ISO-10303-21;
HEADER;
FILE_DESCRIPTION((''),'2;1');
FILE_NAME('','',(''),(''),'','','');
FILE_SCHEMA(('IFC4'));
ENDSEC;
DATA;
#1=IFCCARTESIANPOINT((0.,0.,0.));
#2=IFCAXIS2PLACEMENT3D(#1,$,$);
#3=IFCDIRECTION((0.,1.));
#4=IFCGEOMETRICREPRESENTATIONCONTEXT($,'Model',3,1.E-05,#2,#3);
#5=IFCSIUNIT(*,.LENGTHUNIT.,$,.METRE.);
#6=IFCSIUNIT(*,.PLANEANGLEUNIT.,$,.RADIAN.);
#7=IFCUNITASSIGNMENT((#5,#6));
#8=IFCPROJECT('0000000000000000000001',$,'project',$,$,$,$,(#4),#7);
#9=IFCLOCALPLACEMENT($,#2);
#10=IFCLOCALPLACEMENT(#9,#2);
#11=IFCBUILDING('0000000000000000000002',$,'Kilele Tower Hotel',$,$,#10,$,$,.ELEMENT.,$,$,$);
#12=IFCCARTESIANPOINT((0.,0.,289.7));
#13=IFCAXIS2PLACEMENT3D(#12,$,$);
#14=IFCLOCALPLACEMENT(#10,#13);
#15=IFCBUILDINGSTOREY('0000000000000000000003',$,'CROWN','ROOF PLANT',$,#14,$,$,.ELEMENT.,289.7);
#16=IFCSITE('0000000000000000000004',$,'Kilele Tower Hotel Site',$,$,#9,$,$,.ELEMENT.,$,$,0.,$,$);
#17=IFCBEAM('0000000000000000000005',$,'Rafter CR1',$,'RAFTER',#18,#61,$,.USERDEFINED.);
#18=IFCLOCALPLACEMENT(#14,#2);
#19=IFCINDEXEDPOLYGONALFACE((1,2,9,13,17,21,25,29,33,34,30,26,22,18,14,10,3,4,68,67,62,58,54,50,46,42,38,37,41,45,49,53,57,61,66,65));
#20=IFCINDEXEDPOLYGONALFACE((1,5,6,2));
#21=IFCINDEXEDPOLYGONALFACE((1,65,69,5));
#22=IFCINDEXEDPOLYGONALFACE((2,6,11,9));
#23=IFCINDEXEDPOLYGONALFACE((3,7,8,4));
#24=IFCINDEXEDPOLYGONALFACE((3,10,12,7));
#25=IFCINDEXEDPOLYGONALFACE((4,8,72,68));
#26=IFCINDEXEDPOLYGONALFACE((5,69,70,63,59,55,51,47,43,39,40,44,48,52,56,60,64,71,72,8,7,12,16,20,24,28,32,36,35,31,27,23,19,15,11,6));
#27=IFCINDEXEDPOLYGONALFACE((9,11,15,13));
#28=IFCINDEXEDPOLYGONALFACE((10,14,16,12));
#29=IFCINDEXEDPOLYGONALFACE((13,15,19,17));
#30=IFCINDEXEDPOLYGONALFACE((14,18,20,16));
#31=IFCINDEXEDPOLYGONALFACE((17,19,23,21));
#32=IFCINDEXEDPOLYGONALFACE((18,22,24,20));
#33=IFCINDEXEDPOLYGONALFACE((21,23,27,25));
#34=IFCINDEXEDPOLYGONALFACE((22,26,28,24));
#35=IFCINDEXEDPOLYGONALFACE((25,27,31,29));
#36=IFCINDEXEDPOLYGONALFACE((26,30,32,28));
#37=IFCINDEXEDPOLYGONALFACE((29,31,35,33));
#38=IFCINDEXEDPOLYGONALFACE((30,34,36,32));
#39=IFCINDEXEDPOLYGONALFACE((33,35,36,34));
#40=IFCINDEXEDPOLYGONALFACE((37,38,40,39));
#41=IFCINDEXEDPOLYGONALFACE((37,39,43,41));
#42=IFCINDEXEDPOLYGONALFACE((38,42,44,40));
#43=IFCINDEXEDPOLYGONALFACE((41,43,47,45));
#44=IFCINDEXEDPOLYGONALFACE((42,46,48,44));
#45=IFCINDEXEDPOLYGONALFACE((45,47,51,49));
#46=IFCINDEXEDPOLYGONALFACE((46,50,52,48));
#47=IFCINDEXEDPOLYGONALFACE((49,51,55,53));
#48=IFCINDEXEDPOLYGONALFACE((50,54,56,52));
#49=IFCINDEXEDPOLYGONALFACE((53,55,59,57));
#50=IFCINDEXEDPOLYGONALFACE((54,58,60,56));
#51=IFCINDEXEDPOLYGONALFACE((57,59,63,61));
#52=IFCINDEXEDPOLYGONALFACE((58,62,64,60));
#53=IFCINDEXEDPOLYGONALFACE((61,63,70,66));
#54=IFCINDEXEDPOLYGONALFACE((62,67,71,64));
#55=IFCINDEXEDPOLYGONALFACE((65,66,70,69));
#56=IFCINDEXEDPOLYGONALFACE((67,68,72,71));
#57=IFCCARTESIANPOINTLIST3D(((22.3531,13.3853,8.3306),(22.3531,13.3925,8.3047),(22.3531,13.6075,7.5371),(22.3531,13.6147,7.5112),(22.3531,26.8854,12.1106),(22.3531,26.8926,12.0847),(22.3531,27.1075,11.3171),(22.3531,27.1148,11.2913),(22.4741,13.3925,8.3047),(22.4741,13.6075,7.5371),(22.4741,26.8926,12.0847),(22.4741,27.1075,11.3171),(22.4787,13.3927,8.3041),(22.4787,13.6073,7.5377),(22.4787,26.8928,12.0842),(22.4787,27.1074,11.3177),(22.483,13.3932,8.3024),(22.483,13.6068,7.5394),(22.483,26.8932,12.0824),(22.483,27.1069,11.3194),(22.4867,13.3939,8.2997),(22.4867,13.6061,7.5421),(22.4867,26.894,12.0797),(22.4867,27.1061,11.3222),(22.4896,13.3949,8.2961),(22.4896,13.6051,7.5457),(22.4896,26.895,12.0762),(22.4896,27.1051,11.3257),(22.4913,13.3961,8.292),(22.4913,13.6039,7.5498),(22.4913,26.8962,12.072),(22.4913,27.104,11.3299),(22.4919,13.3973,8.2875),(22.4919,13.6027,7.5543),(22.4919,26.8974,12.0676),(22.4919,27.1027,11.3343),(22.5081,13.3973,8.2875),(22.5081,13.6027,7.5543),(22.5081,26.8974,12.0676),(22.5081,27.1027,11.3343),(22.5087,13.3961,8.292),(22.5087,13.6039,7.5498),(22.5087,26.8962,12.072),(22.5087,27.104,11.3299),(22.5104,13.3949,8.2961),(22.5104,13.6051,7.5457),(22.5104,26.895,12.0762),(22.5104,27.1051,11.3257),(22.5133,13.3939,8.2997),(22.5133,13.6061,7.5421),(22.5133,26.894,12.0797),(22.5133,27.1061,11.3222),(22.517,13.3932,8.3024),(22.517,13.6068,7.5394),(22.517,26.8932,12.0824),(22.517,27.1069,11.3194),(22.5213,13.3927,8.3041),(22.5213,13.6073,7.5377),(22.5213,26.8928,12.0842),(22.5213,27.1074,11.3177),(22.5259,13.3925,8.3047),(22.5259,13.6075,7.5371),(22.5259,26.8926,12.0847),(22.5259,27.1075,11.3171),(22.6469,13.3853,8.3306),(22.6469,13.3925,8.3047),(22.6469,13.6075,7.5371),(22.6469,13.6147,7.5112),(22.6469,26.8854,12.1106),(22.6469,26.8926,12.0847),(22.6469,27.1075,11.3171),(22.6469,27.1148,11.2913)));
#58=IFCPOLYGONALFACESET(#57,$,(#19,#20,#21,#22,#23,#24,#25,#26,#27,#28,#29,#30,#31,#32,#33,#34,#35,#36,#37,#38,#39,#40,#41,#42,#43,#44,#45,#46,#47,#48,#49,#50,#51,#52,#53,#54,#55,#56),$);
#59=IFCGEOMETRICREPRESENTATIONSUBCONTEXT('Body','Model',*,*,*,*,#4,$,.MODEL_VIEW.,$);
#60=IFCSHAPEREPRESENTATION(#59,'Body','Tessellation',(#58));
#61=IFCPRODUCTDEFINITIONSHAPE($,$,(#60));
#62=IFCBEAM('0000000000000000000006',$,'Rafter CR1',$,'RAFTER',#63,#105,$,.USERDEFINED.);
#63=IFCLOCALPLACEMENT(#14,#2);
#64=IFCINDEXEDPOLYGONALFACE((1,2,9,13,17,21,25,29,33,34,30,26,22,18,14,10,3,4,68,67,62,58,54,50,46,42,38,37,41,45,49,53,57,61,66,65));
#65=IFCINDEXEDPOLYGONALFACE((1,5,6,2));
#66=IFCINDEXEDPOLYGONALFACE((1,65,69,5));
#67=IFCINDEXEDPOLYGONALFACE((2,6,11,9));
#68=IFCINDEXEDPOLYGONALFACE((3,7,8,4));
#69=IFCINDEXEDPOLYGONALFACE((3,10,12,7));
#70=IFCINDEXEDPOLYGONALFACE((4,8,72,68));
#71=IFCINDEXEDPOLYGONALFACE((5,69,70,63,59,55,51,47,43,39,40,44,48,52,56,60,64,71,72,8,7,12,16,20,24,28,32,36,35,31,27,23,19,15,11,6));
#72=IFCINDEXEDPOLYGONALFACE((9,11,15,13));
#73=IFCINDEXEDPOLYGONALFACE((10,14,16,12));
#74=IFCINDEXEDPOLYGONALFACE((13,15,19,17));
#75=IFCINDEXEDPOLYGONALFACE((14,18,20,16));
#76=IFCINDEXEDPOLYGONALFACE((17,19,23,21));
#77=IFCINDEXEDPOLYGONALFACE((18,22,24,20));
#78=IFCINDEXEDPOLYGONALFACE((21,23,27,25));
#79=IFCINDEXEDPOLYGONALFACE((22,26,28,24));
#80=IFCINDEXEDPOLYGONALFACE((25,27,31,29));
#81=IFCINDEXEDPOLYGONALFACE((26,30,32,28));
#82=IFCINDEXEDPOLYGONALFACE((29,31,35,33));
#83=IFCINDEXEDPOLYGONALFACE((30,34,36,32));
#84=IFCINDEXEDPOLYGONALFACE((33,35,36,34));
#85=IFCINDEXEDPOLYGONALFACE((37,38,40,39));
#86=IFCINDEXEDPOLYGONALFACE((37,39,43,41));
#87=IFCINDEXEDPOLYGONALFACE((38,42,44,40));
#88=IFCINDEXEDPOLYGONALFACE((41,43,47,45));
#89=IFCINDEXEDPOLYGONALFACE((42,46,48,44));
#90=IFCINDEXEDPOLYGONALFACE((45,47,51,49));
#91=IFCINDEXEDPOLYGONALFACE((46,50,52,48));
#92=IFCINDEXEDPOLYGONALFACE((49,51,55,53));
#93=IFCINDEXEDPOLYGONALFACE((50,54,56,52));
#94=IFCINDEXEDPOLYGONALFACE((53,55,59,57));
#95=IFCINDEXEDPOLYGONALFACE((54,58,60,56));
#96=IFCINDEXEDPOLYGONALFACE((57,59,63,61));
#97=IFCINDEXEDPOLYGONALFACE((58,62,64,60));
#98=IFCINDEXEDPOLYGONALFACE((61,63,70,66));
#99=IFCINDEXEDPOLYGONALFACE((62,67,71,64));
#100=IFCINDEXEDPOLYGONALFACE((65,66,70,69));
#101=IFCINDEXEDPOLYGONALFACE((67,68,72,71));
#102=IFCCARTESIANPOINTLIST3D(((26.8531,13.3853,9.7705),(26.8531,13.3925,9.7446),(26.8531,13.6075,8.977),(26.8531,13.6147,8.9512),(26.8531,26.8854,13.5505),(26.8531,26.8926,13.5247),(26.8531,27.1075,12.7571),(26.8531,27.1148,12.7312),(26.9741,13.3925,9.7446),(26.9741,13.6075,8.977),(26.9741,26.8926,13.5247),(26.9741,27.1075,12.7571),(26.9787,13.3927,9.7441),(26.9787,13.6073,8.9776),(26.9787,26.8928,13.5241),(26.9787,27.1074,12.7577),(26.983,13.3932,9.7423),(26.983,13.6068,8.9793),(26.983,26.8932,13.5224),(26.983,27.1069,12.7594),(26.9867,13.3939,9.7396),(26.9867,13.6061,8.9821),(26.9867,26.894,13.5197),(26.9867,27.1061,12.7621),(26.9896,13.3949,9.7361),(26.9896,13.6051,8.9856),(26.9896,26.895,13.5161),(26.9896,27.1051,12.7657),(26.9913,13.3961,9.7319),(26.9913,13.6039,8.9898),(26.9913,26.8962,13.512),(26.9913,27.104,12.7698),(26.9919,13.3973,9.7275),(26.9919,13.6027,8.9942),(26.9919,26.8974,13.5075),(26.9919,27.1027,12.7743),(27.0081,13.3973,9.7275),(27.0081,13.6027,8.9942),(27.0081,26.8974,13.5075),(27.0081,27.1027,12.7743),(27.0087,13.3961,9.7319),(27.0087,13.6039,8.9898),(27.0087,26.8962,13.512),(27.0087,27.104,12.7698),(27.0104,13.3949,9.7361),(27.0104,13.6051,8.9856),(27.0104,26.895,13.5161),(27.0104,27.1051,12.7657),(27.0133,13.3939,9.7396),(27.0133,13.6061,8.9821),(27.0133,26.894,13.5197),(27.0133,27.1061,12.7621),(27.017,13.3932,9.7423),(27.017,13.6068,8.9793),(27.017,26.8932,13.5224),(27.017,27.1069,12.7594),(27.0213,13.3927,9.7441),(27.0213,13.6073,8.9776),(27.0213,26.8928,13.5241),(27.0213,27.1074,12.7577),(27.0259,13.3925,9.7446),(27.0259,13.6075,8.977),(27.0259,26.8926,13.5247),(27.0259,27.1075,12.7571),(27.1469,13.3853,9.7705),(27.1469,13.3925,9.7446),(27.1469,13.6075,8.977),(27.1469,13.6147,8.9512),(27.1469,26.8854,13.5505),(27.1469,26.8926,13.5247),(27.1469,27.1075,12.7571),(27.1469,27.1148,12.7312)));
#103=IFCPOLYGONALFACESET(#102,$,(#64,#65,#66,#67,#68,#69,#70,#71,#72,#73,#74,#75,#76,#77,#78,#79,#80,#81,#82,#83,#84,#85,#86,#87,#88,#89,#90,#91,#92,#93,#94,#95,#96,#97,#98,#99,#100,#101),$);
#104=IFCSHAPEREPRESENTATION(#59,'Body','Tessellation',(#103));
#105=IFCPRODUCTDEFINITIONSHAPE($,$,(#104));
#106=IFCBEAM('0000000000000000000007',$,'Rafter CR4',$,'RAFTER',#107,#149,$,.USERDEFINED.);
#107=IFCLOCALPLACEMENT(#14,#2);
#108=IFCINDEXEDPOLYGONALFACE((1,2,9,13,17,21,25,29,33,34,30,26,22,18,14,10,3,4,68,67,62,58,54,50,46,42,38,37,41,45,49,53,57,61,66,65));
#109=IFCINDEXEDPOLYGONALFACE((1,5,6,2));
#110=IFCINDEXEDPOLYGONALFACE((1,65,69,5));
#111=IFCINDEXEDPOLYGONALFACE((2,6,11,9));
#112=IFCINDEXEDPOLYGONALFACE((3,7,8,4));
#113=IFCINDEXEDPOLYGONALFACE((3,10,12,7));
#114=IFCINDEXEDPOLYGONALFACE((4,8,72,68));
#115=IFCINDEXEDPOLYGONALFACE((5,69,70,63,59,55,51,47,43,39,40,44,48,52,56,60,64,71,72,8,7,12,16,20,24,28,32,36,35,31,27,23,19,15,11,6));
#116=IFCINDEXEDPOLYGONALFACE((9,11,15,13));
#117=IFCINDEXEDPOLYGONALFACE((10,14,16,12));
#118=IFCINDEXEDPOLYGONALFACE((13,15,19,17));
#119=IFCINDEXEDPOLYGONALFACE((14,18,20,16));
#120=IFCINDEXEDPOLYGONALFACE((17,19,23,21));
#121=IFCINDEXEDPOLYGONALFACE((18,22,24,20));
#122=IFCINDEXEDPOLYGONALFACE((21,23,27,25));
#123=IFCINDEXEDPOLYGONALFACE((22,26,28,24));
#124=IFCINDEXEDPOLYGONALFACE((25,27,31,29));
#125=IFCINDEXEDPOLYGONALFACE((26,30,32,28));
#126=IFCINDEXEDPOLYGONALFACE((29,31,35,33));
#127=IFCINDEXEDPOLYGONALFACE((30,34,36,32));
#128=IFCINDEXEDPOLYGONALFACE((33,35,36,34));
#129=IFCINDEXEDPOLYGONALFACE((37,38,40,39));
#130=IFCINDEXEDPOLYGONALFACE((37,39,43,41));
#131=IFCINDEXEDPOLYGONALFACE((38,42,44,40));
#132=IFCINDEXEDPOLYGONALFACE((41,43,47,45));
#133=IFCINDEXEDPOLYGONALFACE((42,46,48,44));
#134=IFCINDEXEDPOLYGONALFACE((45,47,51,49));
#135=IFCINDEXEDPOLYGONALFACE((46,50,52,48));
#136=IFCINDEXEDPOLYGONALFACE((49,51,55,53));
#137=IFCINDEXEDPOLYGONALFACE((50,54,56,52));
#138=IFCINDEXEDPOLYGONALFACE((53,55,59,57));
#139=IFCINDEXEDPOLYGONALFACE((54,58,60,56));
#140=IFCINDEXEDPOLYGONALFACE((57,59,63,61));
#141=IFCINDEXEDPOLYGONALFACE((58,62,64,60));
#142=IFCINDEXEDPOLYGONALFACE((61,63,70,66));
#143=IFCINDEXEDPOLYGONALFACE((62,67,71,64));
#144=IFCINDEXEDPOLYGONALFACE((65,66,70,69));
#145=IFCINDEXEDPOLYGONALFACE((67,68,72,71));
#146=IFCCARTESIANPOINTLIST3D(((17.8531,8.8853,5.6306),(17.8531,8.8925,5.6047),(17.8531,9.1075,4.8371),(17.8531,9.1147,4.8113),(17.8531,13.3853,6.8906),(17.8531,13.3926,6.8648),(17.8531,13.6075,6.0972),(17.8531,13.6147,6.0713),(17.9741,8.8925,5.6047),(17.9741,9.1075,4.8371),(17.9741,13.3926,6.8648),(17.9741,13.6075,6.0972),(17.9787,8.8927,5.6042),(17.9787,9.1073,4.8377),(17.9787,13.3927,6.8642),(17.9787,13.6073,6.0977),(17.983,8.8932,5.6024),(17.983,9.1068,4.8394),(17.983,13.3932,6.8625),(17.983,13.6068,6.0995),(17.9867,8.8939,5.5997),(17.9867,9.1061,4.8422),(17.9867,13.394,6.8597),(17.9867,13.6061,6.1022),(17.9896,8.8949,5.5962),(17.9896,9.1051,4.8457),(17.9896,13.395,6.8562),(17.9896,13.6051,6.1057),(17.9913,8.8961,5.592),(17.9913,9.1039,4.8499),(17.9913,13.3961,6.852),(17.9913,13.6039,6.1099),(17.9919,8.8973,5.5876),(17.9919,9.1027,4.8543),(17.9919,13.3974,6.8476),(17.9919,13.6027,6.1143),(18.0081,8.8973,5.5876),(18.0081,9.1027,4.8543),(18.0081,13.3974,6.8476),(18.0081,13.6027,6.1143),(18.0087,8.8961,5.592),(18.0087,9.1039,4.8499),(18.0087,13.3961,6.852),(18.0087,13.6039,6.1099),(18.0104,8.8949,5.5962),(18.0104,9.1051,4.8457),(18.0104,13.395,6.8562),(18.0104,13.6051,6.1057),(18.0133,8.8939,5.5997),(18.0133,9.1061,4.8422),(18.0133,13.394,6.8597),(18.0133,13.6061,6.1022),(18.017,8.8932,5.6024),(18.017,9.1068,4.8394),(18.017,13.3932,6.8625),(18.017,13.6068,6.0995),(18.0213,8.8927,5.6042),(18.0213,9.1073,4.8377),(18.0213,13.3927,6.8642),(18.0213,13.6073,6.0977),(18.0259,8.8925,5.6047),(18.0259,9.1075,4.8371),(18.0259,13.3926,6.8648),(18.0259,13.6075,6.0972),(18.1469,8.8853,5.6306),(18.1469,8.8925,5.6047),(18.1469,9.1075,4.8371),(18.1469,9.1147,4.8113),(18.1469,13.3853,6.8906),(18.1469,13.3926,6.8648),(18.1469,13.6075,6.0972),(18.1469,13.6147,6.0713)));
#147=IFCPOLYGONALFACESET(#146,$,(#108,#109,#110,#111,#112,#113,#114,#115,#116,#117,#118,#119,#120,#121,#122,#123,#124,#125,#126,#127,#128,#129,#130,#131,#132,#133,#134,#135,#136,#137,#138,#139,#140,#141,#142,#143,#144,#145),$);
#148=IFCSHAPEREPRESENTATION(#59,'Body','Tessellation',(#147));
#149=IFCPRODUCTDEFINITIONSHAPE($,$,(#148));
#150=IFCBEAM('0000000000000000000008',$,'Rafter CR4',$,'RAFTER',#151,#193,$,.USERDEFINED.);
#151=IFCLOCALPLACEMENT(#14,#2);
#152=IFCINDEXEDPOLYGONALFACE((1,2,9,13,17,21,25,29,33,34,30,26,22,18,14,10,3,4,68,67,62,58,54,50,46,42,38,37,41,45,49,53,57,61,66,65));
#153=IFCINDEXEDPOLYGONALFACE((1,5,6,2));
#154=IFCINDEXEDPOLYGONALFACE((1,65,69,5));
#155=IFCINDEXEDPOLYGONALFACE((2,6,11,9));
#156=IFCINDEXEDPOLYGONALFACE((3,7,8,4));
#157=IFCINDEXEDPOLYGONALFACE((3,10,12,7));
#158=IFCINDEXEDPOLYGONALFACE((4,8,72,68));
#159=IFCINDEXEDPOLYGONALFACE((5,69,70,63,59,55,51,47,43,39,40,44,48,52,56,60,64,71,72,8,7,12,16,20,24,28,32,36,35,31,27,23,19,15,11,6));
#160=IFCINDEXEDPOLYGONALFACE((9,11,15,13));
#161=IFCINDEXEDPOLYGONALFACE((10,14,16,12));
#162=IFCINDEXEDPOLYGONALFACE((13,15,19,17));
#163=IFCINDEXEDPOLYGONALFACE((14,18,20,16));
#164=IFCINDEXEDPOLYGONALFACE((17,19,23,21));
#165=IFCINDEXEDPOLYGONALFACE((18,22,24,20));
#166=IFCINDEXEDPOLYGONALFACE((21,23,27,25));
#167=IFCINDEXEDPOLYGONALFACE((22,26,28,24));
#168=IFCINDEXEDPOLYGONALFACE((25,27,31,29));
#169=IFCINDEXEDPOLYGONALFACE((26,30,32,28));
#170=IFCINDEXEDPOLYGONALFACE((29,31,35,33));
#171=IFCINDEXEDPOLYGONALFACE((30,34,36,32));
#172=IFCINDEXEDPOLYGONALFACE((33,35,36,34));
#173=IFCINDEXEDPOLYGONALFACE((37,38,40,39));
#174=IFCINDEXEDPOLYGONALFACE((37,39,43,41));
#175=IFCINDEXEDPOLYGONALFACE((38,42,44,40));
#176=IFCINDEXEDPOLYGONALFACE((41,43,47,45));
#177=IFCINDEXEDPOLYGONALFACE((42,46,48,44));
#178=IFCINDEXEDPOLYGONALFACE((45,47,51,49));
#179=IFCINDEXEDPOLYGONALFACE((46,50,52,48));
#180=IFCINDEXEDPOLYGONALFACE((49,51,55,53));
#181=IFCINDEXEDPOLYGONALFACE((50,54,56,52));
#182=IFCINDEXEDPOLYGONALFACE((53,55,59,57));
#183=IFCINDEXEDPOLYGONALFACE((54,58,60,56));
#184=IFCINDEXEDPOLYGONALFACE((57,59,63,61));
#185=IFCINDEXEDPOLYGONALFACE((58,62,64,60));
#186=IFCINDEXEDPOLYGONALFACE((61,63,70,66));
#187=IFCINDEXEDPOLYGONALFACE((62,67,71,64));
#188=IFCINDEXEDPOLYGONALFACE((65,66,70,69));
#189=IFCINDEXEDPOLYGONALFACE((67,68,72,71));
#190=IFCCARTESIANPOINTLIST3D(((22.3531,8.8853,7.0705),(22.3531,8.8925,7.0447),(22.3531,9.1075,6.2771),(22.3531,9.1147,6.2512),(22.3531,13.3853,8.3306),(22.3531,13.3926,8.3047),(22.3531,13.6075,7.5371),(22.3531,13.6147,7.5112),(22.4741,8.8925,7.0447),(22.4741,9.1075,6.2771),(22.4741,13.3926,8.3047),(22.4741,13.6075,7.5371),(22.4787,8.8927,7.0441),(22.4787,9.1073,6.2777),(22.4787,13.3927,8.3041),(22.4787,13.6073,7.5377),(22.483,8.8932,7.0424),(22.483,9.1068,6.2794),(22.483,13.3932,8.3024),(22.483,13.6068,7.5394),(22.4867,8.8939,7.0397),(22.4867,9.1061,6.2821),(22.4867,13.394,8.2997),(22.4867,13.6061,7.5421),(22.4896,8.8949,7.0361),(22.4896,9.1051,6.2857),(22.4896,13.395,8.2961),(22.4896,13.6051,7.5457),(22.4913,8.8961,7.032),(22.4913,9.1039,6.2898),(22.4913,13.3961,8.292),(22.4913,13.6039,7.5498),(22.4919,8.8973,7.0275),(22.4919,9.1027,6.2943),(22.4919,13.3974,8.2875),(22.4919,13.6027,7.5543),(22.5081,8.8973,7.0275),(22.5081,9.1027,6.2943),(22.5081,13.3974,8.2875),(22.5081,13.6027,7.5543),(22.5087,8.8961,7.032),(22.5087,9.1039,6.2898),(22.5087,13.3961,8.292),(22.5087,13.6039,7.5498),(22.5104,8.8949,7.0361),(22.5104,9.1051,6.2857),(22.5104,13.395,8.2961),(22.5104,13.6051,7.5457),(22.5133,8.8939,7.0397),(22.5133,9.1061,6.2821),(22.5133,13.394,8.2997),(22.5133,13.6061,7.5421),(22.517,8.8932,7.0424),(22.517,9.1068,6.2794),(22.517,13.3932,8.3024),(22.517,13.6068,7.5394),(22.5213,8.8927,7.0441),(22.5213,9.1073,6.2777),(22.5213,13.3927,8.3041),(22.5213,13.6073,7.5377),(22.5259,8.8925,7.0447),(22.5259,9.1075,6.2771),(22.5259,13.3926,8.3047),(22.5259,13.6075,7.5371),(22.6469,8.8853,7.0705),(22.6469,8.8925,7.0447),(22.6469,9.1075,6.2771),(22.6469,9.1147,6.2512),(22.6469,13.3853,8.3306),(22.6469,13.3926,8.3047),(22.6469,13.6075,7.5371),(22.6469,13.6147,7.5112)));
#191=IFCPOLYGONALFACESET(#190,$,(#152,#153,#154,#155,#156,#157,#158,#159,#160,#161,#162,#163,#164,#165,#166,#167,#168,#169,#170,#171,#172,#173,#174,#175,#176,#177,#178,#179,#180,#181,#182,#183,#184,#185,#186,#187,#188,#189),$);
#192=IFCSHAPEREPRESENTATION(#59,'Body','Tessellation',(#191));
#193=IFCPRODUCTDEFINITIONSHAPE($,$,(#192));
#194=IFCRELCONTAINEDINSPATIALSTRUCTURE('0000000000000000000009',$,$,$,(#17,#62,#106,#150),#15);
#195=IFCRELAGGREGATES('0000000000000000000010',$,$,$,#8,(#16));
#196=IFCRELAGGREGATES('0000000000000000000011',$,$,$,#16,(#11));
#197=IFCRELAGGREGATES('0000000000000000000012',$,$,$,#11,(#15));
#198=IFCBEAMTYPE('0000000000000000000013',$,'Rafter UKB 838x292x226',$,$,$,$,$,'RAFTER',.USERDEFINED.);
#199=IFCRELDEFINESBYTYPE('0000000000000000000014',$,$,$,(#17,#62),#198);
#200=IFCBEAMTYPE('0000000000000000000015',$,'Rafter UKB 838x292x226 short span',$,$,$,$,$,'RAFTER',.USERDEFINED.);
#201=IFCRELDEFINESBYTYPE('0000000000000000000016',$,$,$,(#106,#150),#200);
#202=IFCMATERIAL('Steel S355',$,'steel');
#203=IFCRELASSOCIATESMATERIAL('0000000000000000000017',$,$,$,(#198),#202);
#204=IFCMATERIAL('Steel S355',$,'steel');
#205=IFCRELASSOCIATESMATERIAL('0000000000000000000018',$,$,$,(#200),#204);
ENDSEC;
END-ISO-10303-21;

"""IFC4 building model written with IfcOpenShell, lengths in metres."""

from ifc_helpers import new_model, si_unit, direction, frame, origin, origin_2d, place, context, subcontext, project, spatial, i_section, extrude, material, material_profile, profile_set, type_object, element, save


model = new_model("IFC4")

# Units and contexts
model_context = context("Model", 3, precision=1e-05, world=origin(), true_north=direction((0.0, 1.0)))
body_context = subcontext(model_context, "Body", "Model", "MODEL_VIEW")
ifc_project = project(units=[si_unit("LENGTHUNIT", "METRE"), si_unit("PLANEANGLEUNIT", "RADIAN")], contexts=[model_context])

# Site, building, storey
site_placement = place(None, origin())
site = spatial("IfcSite", under=ifc_project, at=site_placement, Name="Kilele Tower Hotel Site", CompositionType="ELEMENT", RefElevation=0.0)
building_placement = place(site_placement, origin())
building = spatial("IfcBuilding", under=site, at=building_placement, Name="Kilele Tower Hotel", CompositionType="ELEMENT")
storey_placement = place(building_placement, frame((0.0, 0.0, 289.7)))
storey = spatial("IfcBuildingStorey", under=building, at=storey_placement, Name="CROWN", Description="ROOF PLANT", CompositionType="ELEMENT", Elevation=289.7)

# Beams
ifc_material_1 = material(Name="Steel S355", Category="steel")
ifc_material_profile_1 = material_profile(ifc_material_1, i_section(OverallWidth=0.2937, OverallDepth=0.8508, WebThickness=0.0161, FlangeThickness=0.0269, FilletRadius=0.0178, at=origin_2d()))
ifc_profile_set_1 = profile_set([ifc_material_profile_1], Name="Steel S355")
beam_type_1 = type_object("IfcBeamType", Name="Rafter UKB 838x292x226", ElementType="RAFTER", PredefinedType="USERDEFINED", material=ifc_profile_set_1)
for number, where, z_axis, x_axis, name in (
    (1, (22.5, 13.5, 7.9209), (0.0, 0.962963, 0.269632), (-1.0, 0.0, 0.0), "Rafter CR1"),
    (2, (27.0, 13.5, 9.3608), (0.0, 0.962963, 0.269632), (-1.0, 0.0, 0.0), "Rafter CR1"),
):
    element("IfcBeam", number, at=place(storey_placement, frame(where, z_axis=z_axis, x_axis=x_axis)), inside=storey, type_object=beam_type_1, Name=name, ObjectType="RAFTER", PredefinedType="USERDEFINED", context=body_context, shape_type="SweptSolid", body=[
        extrude(i_section(OverallWidth=0.2937, OverallDepth=0.8508, WebThickness=0.0161, FlangeThickness=0.0269, FilletRadius=0.0178, at=origin_2d()), origin(), (0.0, 0.0, 1.0), 14.0193),
    ])
ifc_material_2 = material(Name="Steel S355", Category="steel")
ifc_material_profile_2 = material_profile(ifc_material_2, i_section(OverallWidth=0.2937, OverallDepth=0.8508, WebThickness=0.0161, FlangeThickness=0.0269, FilletRadius=0.0178, at=origin_2d()))
ifc_profile_set_2 = profile_set([ifc_material_profile_2], Name="Steel S355")
beam_type_2 = type_object("IfcBeamType", Name="Rafter UKB 838x292x226 short span", ElementType="RAFTER", PredefinedType="USERDEFINED", material=ifc_profile_set_2)
for number, where, z_axis, x_axis, name in (
    (3, (18.0, 9.0, 5.2209), (0.0, 0.962963, 0.269632), (-1.0, 0.0, 0.0), "Rafter CR4"),
    (4, (22.5, 9.0, 6.6609), (0.0, 0.962963, 0.269632), (-1.0, 0.0, 0.0), "Rafter CR4"),
):
    element("IfcBeam", number, at=place(storey_placement, frame(where, z_axis=z_axis, x_axis=x_axis)), inside=storey, type_object=beam_type_2, Name=name, ObjectType="RAFTER", PredefinedType="USERDEFINED", context=body_context, shape_type="SweptSolid", body=[
        extrude(i_section(OverallWidth=0.2937, OverallDepth=0.8508, WebThickness=0.0161, FlangeThickness=0.0269, FilletRadius=0.0178, at=origin_2d()), origin(), (0.0, 0.0, 1.0), 4.6731),
    ])

save(model, "model.ifc")
